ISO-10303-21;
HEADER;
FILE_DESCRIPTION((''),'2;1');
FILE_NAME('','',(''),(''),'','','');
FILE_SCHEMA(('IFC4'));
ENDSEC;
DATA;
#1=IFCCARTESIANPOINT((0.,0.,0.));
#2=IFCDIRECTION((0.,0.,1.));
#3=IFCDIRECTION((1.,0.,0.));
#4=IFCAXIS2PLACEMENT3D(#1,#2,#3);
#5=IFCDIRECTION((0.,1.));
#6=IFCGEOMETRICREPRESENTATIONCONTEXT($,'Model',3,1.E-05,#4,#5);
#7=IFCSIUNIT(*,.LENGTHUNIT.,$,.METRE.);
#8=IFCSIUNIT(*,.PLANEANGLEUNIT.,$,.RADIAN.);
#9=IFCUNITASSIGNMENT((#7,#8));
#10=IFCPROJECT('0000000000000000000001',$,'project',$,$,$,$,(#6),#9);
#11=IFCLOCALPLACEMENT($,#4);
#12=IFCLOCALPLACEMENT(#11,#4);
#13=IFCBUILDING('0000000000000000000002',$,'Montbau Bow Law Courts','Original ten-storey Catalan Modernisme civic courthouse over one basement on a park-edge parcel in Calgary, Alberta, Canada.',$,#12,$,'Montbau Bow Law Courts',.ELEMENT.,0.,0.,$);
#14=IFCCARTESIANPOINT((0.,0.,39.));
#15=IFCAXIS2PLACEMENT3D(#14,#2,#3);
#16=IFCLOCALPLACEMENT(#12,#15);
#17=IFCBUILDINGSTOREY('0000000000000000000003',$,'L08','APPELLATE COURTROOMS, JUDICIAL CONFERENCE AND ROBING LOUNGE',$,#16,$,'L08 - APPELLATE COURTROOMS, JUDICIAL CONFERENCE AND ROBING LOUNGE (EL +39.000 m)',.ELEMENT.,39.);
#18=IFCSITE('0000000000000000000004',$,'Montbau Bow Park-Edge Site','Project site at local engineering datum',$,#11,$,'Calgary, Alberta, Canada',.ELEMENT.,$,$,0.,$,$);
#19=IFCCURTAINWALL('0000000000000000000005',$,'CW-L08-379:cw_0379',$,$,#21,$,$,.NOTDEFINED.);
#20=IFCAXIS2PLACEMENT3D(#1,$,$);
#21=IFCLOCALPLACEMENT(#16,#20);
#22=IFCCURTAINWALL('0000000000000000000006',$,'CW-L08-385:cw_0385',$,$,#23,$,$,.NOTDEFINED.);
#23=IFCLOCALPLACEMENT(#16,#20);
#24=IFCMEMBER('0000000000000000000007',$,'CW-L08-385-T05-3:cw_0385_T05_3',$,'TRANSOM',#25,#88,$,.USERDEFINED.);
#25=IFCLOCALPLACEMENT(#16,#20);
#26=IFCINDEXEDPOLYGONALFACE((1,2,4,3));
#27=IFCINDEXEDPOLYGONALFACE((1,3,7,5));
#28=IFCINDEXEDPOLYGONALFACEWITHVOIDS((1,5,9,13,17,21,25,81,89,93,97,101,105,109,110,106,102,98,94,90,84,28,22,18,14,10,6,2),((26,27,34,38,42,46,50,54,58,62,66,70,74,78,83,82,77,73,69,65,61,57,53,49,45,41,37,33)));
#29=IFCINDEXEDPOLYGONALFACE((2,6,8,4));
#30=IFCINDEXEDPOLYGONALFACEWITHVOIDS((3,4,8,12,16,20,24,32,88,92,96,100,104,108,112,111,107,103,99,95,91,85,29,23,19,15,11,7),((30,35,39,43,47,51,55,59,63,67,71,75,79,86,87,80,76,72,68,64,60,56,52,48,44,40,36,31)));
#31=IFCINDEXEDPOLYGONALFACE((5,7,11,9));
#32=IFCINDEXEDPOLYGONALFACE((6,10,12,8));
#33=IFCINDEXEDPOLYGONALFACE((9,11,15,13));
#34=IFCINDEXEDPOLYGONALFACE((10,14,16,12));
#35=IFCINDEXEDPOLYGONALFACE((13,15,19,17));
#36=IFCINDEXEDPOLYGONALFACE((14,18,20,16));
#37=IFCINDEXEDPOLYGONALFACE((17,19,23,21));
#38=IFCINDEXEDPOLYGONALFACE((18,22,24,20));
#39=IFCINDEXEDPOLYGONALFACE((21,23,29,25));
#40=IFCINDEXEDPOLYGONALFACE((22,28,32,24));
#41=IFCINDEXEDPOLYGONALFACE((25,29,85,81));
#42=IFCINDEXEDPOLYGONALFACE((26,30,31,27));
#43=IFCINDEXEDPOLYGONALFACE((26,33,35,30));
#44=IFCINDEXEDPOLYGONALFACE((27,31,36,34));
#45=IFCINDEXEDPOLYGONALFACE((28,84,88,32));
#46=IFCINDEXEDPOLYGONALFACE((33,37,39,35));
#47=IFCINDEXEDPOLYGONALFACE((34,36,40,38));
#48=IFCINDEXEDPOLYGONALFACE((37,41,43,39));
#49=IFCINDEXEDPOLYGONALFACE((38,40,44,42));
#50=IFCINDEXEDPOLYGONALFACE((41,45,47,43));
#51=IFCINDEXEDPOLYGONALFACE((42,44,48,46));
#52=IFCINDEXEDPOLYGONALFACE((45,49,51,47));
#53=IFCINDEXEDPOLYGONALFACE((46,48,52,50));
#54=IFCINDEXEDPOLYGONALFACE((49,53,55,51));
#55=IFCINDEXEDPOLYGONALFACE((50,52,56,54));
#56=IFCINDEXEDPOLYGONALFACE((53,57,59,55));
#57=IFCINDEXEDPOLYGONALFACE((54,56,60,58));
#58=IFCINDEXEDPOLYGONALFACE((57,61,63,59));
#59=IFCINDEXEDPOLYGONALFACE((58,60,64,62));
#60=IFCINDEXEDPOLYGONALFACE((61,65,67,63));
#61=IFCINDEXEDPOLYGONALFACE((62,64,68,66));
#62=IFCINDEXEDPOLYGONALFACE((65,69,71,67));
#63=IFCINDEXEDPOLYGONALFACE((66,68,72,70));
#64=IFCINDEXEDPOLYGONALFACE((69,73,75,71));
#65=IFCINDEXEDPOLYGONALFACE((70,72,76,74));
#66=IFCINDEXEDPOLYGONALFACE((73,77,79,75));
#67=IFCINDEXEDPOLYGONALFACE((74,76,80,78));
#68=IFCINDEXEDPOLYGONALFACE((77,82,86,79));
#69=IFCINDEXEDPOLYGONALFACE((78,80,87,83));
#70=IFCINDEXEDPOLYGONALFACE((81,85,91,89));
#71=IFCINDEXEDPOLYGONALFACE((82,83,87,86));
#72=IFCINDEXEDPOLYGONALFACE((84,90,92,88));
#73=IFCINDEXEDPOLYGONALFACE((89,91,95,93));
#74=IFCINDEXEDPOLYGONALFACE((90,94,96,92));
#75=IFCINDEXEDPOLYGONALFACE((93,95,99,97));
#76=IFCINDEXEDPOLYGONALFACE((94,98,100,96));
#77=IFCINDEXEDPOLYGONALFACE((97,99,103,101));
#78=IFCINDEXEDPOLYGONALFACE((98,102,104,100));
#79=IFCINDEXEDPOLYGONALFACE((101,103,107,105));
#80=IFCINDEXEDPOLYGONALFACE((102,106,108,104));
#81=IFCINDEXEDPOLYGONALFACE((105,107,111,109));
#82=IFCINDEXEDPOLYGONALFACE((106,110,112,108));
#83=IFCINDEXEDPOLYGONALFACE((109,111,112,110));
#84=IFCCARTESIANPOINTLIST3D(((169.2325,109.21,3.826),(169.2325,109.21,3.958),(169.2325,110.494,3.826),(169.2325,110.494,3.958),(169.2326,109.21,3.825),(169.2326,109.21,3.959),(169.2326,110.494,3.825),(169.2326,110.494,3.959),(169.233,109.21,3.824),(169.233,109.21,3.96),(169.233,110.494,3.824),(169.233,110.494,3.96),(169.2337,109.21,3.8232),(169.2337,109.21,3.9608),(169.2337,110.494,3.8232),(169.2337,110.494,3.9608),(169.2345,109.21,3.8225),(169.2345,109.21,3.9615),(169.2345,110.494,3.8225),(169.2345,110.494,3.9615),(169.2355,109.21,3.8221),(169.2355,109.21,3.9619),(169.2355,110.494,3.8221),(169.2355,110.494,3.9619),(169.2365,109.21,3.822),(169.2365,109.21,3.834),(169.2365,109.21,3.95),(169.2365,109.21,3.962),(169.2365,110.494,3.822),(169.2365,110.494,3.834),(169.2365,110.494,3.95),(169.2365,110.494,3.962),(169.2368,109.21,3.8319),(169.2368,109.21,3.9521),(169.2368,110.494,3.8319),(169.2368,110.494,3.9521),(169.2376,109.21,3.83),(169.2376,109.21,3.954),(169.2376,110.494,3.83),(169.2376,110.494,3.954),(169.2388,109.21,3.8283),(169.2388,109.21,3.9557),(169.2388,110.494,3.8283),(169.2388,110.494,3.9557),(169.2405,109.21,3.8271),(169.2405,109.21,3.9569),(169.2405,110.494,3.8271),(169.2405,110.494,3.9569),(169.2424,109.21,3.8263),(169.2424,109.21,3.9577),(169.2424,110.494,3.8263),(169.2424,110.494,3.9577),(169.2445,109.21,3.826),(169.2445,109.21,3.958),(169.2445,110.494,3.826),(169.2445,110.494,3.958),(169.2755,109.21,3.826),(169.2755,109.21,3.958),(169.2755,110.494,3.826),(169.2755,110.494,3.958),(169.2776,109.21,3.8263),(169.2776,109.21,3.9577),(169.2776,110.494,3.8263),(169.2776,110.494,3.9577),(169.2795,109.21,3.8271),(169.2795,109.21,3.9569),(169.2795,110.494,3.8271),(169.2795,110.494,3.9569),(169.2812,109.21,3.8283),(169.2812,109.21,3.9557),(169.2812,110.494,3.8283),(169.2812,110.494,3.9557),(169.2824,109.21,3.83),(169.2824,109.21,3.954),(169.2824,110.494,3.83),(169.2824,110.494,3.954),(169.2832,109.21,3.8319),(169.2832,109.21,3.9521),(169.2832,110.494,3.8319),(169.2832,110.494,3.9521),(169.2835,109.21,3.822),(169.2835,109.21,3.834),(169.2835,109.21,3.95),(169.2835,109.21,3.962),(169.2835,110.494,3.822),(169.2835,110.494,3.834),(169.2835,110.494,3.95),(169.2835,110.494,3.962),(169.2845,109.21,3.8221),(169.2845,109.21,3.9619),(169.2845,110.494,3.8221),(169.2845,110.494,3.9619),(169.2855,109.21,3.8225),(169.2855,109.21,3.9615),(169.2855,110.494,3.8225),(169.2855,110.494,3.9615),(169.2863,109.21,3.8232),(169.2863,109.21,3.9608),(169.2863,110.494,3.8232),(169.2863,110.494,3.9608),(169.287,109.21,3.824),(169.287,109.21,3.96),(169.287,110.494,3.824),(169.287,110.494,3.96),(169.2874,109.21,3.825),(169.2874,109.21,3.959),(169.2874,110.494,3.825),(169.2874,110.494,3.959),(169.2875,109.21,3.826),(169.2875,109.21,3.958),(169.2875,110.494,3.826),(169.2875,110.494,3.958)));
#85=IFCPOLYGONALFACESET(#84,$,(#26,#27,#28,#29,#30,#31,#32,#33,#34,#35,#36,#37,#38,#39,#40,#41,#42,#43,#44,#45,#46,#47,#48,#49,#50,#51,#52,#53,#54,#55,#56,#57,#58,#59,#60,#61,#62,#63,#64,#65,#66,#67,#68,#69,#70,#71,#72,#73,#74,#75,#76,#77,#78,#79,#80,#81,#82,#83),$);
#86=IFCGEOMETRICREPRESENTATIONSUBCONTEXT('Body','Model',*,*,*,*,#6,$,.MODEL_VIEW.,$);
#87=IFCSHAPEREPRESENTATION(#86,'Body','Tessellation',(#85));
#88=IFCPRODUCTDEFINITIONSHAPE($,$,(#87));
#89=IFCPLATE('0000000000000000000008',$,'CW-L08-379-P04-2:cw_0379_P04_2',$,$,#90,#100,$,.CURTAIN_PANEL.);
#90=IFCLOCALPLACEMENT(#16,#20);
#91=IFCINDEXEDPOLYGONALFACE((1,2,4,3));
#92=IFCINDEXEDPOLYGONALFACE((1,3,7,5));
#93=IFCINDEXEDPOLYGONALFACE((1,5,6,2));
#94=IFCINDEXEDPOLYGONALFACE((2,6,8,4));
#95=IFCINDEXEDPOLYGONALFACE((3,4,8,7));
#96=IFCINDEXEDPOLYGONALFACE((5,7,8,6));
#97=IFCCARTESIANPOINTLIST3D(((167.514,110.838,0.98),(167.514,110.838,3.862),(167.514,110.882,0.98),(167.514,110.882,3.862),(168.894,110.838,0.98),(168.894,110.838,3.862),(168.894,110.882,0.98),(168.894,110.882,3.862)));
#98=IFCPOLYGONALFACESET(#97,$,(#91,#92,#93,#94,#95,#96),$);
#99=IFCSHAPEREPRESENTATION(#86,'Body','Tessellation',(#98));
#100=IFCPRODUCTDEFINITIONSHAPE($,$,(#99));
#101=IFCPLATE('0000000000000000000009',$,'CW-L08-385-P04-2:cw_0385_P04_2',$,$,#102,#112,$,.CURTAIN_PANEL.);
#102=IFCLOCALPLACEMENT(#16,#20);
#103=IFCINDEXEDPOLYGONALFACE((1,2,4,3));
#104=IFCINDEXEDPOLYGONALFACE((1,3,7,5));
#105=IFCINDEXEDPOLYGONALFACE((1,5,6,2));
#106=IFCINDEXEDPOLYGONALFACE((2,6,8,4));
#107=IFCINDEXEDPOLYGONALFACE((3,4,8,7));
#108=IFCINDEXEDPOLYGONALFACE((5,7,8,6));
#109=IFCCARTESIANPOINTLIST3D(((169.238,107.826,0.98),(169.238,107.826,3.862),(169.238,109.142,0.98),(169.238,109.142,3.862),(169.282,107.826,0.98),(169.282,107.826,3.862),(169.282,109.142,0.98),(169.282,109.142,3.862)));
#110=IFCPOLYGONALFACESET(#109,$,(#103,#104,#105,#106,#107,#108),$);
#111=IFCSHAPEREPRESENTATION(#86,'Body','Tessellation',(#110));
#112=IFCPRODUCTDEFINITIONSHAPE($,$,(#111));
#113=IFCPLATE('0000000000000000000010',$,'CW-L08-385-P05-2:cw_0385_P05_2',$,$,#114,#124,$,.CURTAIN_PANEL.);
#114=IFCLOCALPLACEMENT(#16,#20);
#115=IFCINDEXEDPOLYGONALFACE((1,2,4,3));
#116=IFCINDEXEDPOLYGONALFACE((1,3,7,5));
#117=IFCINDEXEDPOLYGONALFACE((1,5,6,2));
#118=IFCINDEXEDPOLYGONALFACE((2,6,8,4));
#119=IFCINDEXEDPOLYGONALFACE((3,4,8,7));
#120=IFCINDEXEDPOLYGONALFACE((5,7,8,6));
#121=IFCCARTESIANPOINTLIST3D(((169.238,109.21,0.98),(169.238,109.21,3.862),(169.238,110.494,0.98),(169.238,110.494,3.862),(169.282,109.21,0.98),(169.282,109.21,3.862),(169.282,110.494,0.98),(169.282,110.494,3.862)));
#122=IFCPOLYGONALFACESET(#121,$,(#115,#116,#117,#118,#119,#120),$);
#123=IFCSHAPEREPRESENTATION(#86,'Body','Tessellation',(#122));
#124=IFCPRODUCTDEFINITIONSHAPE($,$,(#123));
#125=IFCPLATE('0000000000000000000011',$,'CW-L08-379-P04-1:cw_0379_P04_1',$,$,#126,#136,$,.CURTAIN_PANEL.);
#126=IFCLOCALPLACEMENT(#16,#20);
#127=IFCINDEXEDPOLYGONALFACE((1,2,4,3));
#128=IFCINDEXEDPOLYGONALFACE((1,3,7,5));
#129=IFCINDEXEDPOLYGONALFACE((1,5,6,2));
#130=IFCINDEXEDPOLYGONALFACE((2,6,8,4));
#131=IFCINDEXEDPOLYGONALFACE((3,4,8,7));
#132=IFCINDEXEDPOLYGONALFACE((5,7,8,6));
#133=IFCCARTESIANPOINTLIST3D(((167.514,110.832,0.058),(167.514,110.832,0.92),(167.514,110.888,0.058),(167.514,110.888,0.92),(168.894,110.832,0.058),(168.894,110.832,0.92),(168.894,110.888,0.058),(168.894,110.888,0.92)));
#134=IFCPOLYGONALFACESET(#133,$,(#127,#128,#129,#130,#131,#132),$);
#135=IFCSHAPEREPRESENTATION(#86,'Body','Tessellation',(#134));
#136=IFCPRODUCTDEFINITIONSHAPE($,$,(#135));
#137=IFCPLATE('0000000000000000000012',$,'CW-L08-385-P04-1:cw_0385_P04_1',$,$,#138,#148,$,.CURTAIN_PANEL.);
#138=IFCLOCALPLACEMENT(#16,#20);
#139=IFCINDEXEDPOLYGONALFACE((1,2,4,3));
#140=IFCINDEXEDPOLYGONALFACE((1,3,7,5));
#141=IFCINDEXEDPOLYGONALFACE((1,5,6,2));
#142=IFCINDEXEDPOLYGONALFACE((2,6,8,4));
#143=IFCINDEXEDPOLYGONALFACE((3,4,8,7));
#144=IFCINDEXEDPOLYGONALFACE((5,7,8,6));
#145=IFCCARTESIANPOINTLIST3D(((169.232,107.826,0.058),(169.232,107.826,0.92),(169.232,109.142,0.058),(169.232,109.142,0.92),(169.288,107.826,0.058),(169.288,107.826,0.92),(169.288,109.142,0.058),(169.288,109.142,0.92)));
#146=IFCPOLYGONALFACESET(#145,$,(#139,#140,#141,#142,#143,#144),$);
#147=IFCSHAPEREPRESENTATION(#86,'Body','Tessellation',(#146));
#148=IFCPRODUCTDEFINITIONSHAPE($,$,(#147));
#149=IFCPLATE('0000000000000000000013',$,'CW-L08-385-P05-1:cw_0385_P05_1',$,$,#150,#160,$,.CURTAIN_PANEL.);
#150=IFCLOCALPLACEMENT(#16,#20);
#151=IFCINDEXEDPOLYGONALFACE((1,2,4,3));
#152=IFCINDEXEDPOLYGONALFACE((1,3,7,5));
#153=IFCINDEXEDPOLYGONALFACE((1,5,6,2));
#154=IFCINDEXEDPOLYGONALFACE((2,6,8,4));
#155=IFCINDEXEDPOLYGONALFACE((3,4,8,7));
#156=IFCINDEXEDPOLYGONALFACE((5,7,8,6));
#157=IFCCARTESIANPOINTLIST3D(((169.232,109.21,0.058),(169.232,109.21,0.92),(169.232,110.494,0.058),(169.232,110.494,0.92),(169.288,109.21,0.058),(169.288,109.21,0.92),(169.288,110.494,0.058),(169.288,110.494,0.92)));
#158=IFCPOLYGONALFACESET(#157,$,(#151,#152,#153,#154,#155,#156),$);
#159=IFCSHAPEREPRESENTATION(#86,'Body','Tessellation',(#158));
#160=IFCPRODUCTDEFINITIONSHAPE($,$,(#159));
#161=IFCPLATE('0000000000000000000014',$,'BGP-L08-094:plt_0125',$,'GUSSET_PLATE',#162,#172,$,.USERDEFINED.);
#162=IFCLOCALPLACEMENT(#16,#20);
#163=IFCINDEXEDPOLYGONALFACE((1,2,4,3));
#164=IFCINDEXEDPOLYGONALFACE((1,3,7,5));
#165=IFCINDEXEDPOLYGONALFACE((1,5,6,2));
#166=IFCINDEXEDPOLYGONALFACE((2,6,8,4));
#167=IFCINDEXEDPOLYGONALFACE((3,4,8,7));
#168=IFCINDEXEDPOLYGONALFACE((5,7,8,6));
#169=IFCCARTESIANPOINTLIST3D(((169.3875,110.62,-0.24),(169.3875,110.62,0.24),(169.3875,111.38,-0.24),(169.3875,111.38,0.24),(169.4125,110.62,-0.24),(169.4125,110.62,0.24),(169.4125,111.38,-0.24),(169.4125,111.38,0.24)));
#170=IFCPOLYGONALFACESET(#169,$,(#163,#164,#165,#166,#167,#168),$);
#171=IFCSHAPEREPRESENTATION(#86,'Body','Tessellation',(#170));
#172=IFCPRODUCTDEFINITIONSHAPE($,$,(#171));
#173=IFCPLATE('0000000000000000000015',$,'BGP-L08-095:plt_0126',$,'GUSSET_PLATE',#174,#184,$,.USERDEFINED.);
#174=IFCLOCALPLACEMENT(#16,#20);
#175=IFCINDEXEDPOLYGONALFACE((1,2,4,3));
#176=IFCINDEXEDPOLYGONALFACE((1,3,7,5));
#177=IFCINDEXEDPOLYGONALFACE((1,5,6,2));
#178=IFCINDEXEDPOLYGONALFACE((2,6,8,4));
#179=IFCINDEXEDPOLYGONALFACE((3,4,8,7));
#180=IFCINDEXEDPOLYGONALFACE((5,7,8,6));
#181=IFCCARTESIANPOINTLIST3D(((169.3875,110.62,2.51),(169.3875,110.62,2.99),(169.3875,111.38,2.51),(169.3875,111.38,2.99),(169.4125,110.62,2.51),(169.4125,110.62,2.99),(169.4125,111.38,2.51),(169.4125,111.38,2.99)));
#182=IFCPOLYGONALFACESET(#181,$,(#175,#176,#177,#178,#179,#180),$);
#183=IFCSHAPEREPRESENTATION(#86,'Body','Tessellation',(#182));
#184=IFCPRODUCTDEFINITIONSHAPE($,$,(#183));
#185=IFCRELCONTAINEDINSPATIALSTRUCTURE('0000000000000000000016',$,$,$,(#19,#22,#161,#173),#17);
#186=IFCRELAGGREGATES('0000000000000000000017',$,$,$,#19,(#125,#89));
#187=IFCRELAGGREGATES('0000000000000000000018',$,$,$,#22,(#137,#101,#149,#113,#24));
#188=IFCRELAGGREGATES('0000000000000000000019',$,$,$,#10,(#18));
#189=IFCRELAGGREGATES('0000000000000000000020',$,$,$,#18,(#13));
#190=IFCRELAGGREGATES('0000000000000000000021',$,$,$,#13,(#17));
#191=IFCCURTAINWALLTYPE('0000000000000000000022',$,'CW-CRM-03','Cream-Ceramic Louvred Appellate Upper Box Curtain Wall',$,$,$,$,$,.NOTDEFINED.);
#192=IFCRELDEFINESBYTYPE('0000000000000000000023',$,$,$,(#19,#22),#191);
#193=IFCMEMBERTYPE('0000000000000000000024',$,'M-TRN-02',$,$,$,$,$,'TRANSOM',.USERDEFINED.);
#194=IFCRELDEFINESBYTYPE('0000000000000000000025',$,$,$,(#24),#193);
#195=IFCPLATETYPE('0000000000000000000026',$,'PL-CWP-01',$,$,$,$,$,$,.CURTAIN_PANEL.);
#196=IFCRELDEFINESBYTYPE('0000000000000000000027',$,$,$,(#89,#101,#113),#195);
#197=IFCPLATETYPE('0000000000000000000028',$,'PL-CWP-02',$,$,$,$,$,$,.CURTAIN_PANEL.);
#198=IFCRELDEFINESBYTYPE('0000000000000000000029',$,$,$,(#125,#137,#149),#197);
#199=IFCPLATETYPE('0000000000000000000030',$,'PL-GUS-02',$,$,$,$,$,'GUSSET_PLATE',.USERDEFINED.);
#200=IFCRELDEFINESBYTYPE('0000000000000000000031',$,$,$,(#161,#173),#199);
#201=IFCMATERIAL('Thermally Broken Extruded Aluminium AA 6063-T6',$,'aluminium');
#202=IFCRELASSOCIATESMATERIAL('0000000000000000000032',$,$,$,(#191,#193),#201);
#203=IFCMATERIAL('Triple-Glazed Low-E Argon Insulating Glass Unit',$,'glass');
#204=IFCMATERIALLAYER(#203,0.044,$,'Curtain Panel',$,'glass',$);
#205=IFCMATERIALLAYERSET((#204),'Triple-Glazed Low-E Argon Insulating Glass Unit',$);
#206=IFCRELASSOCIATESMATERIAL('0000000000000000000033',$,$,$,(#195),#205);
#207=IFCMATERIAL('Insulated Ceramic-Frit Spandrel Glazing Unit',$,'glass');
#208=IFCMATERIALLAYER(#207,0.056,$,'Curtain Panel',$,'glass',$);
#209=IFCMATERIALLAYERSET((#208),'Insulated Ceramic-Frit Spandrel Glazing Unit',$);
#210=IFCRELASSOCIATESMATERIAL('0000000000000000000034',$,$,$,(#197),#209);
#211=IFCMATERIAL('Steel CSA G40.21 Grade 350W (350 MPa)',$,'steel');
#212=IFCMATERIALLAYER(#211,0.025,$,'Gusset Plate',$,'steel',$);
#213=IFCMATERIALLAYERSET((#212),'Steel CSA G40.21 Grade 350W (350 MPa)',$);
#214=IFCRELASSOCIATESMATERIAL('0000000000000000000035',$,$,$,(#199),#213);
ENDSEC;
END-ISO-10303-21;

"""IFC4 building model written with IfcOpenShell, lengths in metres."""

from ifc_helpers import new_model, si_unit, direction, frame, frame_2d, origin_with_axes, origin_2d_with_axis, place, context, subcontext, project, spatial, rectangle, hollow_rectangle, extrude, material, layer, layer_set, material_profile, profile_set, type_object, element, aggregate, save


model = new_model("IFC4")

# Units and contexts
model_context = context("Model", 3, precision=1e-05, world=origin_with_axes(), true_north=direction((0.0, 1.0)))
body_context = subcontext(model_context, "Body", "Model", "MODEL_VIEW")
ifc_project = project(units=[si_unit("LENGTHUNIT", "METRE"), si_unit("PLANEANGLEUNIT", "RADIAN")], contexts=[model_context])

# Site, building, storey
site_placement = place(None, origin_with_axes())
site = spatial("IfcSite", under=ifc_project, at=site_placement, Name="Montbau Bow Park-Edge Site", Description="Project site at local engineering datum", LongName="Calgary, Alberta, Canada", CompositionType="ELEMENT", RefElevation=0.0)
building_placement = place(site_placement, origin_with_axes())
building = spatial("IfcBuilding", under=site, at=building_placement, Name="Montbau Bow Law Courts", Description="Original ten-storey Catalan Modernisme civic courthouse over one basement on a park-edge parcel in Calgary, Alberta, Canada.", LongName="Montbau Bow Law Courts", CompositionType="ELEMENT", ElevationOfRefHeight=0.0, ElevationOfTerrain=0.0)
storey_placement = place(building_placement, frame((0.0, 0.0, 39.0), z_axis=(0.0, 0.0, 1.0), x_axis=(1.0, 0.0, 0.0)))
storey = spatial("IfcBuildingStorey", under=building, at=storey_placement, Name="L08", Description="APPELLATE COURTROOMS, JUDICIAL CONFERENCE AND ROBING LOUNGE", LongName="L08 - APPELLATE COURTROOMS, JUDICIAL CONFERENCE AND ROBING LOUNGE (EL +39.000 m)", CompositionType="ELEMENT", Elevation=39.0)

# Curtain walls
ifc_material_1 = material(Name="Thermally Broken Extruded Aluminium AA 6063-T6", Category="aluminium")
curtain_wall_type = type_object("IfcCurtainWallType", Name="CW-CRM-03", Description="Cream-Ceramic Louvred Appellate Upper Box Curtain Wall", PredefinedType="NOTDEFINED", material=ifc_material_1)
curtain_wall_1_placement = place(None, frame((163.04, 110.86, 39.0), z_axis=(0.0, 0.0, 1.0), x_axis=(1.0, 0.0, 0.0)))
curtain_wall_1 = element("IfcCurtainWall", 1, at=curtain_wall_1_placement, inside=storey, type_object=curtain_wall_type, Name="CW-L08-379:cw_0379", PredefinedType="NOTDEFINED")
curtain_wall_2_placement = place(None, frame((169.26, 103.64, 39.0), z_axis=(0.0, 0.0, 1.0), x_axis=(1.0, 0.0, 0.0)))
curtain_wall_2 = element("IfcCurtainWall", 2, at=curtain_wall_2_placement, inside=storey, type_object=curtain_wall_type, Name="CW-L08-385:cw_0385", PredefinedType="NOTDEFINED")

# Member
ifc_material_profile_1 = material_profile(ifc_material_1, hollow_rectangle(XDim=0.055, YDim=0.14, WallThickness=0.004, InnerFilletRadius=0.008, OuterFilletRadius=0.004, at=origin_2d_with_axis()), Name="CWT-140X55", Category="Main", Priority=0)
ifc_profile_set_1 = profile_set([ifc_material_profile_1], Name="Thermally Broken Extruded Aluminium AA 6063-T6")
member_type_1 = type_object("IfcMemberType", Name="M-TRN-02", ElementType="TRANSOM", PredefinedType="USERDEFINED", material=ifc_profile_set_1)
member_1_placement = place(None, frame((169.26, 109.21, 42.892), z_axis=(0.0, 1.0, 0.0), x_axis=(-1.0, 0.0, 0.0)))
member_1 = element("IfcMember", 3, at=member_1_placement, type_object=member_type_1, Name="CW-L08-385-T05-3:cw_0385_T05_3", ObjectType="TRANSOM", PredefinedType="USERDEFINED", context=body_context, shape_type="SweptSolid", body=[
    extrude(hollow_rectangle(XDim=0.055, YDim=0.14, WallThickness=0.004, InnerFilletRadius=0.008, OuterFilletRadius=0.004, at=origin_2d_with_axis()), origin_with_axes(), (0.0, 0.0, 1.0), 1.284),
])

# Plates
ifc_material_2 = material(Name="Triple-Glazed Low-E Argon Insulating Glass Unit", Category="glass")
ifc_layer_1 = layer(ifc_material_2, 0.044, Name="Curtain Panel", Category="glass")
ifc_layer_set_1 = layer_set([ifc_layer_1], Name="Triple-Glazed Low-E Argon Insulating Glass Unit")
plate_type_1 = type_object("IfcPlateType", Name="PL-CWP-01", PredefinedType="CURTAIN_PANEL", material=ifc_layer_set_1)
plate_1_placement = place(None, frame((167.514, 110.86, 39.98), z_axis=(0.0, -1.0, 0.0), x_axis=(1.0, 0.0, 0.0)))
plate_1 = element("IfcPlate", 4, at=plate_1_placement, type_object=plate_type_1, Name="CW-L08-379-P04-2:cw_0379_P04_2", PredefinedType="CURTAIN_PANEL", context=body_context, shape_type="SweptSolid", body=[
    extrude(rectangle(XDim=1.38, YDim=2.882, at=frame_2d((0.69, 1.441), x_axis=(1.0, 0.0))), frame((0.0, 0.0, -0.022), z_axis=(0.0, 0.0, 1.0), x_axis=(1.0, 0.0, 0.0)), (0.0, 0.0, 1.0), 0.044),
])
plate_2_placement = place(None, frame((169.26, 107.826, 39.98), z_axis=(1.0, 0.0, 0.0), x_axis=(0.0, 1.0, 0.0)))
plate_2 = element("IfcPlate", 5, at=plate_2_placement, type_object=plate_type_1, Name="CW-L08-385-P04-2:cw_0385_P04_2", PredefinedType="CURTAIN_PANEL", context=body_context, shape_type="SweptSolid", body=[
    extrude(rectangle(XDim=1.316, YDim=2.882, at=frame_2d((0.658, 1.441), x_axis=(1.0, 0.0))), frame((0.0, 0.0, -0.022), z_axis=(0.0, 0.0, 1.0), x_axis=(1.0, 0.0, 0.0)), (0.0, 0.0, 1.0), 0.044),
])
plate_3_placement = place(None, frame((169.26, 109.21, 39.98), z_axis=(1.0, 0.0, 0.0), x_axis=(0.0, 1.0, 0.0)))
plate_3 = element("IfcPlate", 6, at=plate_3_placement, type_object=plate_type_1, Name="CW-L08-385-P05-2:cw_0385_P05_2", PredefinedType="CURTAIN_PANEL", context=body_context, shape_type="SweptSolid", body=[
    extrude(rectangle(XDim=1.284, YDim=2.882, at=frame_2d((0.642, 1.441), x_axis=(1.0, 0.0))), frame((0.0, 0.0, -0.022), z_axis=(0.0, 0.0, 1.0), x_axis=(1.0, 0.0, 0.0)), (0.0, 0.0, 1.0), 0.044),
])
ifc_material_3 = material(Name="Insulated Ceramic-Frit Spandrel Glazing Unit", Category="glass")
ifc_layer_2 = layer(ifc_material_3, 0.056, Name="Curtain Panel", Category="glass")
ifc_layer_set_2 = layer_set([ifc_layer_2], Name="Insulated Ceramic-Frit Spandrel Glazing Unit")
plate_type_2 = type_object("IfcPlateType", Name="PL-CWP-02", PredefinedType="CURTAIN_PANEL", material=ifc_layer_set_2)
plate_4_placement = place(None, frame((167.514, 110.86, 39.058), z_axis=(0.0, -1.0, 0.0), x_axis=(1.0, 0.0, 0.0)))
plate_4 = element("IfcPlate", 7, at=plate_4_placement, type_object=plate_type_2, Name="CW-L08-379-P04-1:cw_0379_P04_1", PredefinedType="CURTAIN_PANEL", context=body_context, shape_type="SweptSolid", body=[
    extrude(rectangle(XDim=1.38, YDim=0.862, at=frame_2d((0.69, 0.431), x_axis=(1.0, 0.0))), frame((0.0, 0.0, -0.028), z_axis=(0.0, 0.0, 1.0), x_axis=(1.0, 0.0, 0.0)), (0.0, 0.0, 1.0), 0.056),
])
aggregate(curtain_wall_1, [plate_4, plate_1])
plate_5_placement = place(None, frame((169.26, 107.826, 39.058), z_axis=(1.0, 0.0, 0.0), x_axis=(0.0, 1.0, 0.0)))
plate_5 = element("IfcPlate", 8, at=plate_5_placement, type_object=plate_type_2, Name="CW-L08-385-P04-1:cw_0385_P04_1", PredefinedType="CURTAIN_PANEL", context=body_context, shape_type="SweptSolid", body=[
    extrude(rectangle(XDim=1.316, YDim=0.862, at=frame_2d((0.658, 0.431), x_axis=(1.0, 0.0))), frame((0.0, 0.0, -0.028), z_axis=(0.0, 0.0, 1.0), x_axis=(1.0, 0.0, 0.0)), (0.0, 0.0, 1.0), 0.056),
])
plate_6_placement = place(None, frame((169.26, 109.21, 39.058), z_axis=(1.0, 0.0, 0.0), x_axis=(0.0, 1.0, 0.0)))
plate_6 = element("IfcPlate", 9, at=plate_6_placement, type_object=plate_type_2, Name="CW-L08-385-P05-1:cw_0385_P05_1", PredefinedType="CURTAIN_PANEL", context=body_context, shape_type="SweptSolid", body=[
    extrude(rectangle(XDim=1.284, YDim=0.862, at=frame_2d((0.642, 0.431), x_axis=(1.0, 0.0))), frame((0.0, 0.0, -0.028), z_axis=(0.0, 0.0, 1.0), x_axis=(1.0, 0.0, 0.0)), (0.0, 0.0, 1.0), 0.056),
])
aggregate(curtain_wall_2, [plate_5, plate_2, plate_6, plate_3, member_1])

# Plates
ifc_material_4 = material(Name="Steel CSA G40.21 Grade 350W (350 MPa)", Category="steel")
ifc_layer_3 = layer(ifc_material_4, 0.025, Name="Gusset Plate", Category="steel")
ifc_layer_set_3 = layer_set([ifc_layer_3], Name="Steel CSA G40.21 Grade 350W (350 MPa)")
plate_type_3 = type_object("IfcPlateType", Name="PL-GUS-02", ElementType="GUSSET_PLATE", PredefinedType="USERDEFINED", material=ifc_layer_set_3)
for number, where, z_axis, x_axis, name in (
    (10, (169.4, 111.0, 38.76), (0.0, 0.0, 1.0), (0.0, 1.0, 0.0), "BGP-L08-094:plt_0125"),
    (11, (169.4, 111.0, 41.51), (0.0, 0.0, 1.0), (0.0, 1.0, 0.0), "BGP-L08-095:plt_0126"),
):
    element("IfcPlate", number, at=place(None, frame(where, z_axis=z_axis, x_axis=x_axis)), inside=storey, type_object=plate_type_3, Name=name, ObjectType="GUSSET_PLATE", PredefinedType="USERDEFINED", context=body_context, shape_type="SweptSolid", body=[
        extrude(rectangle(XDim=0.76, YDim=0.025, at=origin_2d_with_axis()), origin_with_axes(), (0.0, 0.0, 1.0), 0.48),
    ])

save(model, "model.ifc")
